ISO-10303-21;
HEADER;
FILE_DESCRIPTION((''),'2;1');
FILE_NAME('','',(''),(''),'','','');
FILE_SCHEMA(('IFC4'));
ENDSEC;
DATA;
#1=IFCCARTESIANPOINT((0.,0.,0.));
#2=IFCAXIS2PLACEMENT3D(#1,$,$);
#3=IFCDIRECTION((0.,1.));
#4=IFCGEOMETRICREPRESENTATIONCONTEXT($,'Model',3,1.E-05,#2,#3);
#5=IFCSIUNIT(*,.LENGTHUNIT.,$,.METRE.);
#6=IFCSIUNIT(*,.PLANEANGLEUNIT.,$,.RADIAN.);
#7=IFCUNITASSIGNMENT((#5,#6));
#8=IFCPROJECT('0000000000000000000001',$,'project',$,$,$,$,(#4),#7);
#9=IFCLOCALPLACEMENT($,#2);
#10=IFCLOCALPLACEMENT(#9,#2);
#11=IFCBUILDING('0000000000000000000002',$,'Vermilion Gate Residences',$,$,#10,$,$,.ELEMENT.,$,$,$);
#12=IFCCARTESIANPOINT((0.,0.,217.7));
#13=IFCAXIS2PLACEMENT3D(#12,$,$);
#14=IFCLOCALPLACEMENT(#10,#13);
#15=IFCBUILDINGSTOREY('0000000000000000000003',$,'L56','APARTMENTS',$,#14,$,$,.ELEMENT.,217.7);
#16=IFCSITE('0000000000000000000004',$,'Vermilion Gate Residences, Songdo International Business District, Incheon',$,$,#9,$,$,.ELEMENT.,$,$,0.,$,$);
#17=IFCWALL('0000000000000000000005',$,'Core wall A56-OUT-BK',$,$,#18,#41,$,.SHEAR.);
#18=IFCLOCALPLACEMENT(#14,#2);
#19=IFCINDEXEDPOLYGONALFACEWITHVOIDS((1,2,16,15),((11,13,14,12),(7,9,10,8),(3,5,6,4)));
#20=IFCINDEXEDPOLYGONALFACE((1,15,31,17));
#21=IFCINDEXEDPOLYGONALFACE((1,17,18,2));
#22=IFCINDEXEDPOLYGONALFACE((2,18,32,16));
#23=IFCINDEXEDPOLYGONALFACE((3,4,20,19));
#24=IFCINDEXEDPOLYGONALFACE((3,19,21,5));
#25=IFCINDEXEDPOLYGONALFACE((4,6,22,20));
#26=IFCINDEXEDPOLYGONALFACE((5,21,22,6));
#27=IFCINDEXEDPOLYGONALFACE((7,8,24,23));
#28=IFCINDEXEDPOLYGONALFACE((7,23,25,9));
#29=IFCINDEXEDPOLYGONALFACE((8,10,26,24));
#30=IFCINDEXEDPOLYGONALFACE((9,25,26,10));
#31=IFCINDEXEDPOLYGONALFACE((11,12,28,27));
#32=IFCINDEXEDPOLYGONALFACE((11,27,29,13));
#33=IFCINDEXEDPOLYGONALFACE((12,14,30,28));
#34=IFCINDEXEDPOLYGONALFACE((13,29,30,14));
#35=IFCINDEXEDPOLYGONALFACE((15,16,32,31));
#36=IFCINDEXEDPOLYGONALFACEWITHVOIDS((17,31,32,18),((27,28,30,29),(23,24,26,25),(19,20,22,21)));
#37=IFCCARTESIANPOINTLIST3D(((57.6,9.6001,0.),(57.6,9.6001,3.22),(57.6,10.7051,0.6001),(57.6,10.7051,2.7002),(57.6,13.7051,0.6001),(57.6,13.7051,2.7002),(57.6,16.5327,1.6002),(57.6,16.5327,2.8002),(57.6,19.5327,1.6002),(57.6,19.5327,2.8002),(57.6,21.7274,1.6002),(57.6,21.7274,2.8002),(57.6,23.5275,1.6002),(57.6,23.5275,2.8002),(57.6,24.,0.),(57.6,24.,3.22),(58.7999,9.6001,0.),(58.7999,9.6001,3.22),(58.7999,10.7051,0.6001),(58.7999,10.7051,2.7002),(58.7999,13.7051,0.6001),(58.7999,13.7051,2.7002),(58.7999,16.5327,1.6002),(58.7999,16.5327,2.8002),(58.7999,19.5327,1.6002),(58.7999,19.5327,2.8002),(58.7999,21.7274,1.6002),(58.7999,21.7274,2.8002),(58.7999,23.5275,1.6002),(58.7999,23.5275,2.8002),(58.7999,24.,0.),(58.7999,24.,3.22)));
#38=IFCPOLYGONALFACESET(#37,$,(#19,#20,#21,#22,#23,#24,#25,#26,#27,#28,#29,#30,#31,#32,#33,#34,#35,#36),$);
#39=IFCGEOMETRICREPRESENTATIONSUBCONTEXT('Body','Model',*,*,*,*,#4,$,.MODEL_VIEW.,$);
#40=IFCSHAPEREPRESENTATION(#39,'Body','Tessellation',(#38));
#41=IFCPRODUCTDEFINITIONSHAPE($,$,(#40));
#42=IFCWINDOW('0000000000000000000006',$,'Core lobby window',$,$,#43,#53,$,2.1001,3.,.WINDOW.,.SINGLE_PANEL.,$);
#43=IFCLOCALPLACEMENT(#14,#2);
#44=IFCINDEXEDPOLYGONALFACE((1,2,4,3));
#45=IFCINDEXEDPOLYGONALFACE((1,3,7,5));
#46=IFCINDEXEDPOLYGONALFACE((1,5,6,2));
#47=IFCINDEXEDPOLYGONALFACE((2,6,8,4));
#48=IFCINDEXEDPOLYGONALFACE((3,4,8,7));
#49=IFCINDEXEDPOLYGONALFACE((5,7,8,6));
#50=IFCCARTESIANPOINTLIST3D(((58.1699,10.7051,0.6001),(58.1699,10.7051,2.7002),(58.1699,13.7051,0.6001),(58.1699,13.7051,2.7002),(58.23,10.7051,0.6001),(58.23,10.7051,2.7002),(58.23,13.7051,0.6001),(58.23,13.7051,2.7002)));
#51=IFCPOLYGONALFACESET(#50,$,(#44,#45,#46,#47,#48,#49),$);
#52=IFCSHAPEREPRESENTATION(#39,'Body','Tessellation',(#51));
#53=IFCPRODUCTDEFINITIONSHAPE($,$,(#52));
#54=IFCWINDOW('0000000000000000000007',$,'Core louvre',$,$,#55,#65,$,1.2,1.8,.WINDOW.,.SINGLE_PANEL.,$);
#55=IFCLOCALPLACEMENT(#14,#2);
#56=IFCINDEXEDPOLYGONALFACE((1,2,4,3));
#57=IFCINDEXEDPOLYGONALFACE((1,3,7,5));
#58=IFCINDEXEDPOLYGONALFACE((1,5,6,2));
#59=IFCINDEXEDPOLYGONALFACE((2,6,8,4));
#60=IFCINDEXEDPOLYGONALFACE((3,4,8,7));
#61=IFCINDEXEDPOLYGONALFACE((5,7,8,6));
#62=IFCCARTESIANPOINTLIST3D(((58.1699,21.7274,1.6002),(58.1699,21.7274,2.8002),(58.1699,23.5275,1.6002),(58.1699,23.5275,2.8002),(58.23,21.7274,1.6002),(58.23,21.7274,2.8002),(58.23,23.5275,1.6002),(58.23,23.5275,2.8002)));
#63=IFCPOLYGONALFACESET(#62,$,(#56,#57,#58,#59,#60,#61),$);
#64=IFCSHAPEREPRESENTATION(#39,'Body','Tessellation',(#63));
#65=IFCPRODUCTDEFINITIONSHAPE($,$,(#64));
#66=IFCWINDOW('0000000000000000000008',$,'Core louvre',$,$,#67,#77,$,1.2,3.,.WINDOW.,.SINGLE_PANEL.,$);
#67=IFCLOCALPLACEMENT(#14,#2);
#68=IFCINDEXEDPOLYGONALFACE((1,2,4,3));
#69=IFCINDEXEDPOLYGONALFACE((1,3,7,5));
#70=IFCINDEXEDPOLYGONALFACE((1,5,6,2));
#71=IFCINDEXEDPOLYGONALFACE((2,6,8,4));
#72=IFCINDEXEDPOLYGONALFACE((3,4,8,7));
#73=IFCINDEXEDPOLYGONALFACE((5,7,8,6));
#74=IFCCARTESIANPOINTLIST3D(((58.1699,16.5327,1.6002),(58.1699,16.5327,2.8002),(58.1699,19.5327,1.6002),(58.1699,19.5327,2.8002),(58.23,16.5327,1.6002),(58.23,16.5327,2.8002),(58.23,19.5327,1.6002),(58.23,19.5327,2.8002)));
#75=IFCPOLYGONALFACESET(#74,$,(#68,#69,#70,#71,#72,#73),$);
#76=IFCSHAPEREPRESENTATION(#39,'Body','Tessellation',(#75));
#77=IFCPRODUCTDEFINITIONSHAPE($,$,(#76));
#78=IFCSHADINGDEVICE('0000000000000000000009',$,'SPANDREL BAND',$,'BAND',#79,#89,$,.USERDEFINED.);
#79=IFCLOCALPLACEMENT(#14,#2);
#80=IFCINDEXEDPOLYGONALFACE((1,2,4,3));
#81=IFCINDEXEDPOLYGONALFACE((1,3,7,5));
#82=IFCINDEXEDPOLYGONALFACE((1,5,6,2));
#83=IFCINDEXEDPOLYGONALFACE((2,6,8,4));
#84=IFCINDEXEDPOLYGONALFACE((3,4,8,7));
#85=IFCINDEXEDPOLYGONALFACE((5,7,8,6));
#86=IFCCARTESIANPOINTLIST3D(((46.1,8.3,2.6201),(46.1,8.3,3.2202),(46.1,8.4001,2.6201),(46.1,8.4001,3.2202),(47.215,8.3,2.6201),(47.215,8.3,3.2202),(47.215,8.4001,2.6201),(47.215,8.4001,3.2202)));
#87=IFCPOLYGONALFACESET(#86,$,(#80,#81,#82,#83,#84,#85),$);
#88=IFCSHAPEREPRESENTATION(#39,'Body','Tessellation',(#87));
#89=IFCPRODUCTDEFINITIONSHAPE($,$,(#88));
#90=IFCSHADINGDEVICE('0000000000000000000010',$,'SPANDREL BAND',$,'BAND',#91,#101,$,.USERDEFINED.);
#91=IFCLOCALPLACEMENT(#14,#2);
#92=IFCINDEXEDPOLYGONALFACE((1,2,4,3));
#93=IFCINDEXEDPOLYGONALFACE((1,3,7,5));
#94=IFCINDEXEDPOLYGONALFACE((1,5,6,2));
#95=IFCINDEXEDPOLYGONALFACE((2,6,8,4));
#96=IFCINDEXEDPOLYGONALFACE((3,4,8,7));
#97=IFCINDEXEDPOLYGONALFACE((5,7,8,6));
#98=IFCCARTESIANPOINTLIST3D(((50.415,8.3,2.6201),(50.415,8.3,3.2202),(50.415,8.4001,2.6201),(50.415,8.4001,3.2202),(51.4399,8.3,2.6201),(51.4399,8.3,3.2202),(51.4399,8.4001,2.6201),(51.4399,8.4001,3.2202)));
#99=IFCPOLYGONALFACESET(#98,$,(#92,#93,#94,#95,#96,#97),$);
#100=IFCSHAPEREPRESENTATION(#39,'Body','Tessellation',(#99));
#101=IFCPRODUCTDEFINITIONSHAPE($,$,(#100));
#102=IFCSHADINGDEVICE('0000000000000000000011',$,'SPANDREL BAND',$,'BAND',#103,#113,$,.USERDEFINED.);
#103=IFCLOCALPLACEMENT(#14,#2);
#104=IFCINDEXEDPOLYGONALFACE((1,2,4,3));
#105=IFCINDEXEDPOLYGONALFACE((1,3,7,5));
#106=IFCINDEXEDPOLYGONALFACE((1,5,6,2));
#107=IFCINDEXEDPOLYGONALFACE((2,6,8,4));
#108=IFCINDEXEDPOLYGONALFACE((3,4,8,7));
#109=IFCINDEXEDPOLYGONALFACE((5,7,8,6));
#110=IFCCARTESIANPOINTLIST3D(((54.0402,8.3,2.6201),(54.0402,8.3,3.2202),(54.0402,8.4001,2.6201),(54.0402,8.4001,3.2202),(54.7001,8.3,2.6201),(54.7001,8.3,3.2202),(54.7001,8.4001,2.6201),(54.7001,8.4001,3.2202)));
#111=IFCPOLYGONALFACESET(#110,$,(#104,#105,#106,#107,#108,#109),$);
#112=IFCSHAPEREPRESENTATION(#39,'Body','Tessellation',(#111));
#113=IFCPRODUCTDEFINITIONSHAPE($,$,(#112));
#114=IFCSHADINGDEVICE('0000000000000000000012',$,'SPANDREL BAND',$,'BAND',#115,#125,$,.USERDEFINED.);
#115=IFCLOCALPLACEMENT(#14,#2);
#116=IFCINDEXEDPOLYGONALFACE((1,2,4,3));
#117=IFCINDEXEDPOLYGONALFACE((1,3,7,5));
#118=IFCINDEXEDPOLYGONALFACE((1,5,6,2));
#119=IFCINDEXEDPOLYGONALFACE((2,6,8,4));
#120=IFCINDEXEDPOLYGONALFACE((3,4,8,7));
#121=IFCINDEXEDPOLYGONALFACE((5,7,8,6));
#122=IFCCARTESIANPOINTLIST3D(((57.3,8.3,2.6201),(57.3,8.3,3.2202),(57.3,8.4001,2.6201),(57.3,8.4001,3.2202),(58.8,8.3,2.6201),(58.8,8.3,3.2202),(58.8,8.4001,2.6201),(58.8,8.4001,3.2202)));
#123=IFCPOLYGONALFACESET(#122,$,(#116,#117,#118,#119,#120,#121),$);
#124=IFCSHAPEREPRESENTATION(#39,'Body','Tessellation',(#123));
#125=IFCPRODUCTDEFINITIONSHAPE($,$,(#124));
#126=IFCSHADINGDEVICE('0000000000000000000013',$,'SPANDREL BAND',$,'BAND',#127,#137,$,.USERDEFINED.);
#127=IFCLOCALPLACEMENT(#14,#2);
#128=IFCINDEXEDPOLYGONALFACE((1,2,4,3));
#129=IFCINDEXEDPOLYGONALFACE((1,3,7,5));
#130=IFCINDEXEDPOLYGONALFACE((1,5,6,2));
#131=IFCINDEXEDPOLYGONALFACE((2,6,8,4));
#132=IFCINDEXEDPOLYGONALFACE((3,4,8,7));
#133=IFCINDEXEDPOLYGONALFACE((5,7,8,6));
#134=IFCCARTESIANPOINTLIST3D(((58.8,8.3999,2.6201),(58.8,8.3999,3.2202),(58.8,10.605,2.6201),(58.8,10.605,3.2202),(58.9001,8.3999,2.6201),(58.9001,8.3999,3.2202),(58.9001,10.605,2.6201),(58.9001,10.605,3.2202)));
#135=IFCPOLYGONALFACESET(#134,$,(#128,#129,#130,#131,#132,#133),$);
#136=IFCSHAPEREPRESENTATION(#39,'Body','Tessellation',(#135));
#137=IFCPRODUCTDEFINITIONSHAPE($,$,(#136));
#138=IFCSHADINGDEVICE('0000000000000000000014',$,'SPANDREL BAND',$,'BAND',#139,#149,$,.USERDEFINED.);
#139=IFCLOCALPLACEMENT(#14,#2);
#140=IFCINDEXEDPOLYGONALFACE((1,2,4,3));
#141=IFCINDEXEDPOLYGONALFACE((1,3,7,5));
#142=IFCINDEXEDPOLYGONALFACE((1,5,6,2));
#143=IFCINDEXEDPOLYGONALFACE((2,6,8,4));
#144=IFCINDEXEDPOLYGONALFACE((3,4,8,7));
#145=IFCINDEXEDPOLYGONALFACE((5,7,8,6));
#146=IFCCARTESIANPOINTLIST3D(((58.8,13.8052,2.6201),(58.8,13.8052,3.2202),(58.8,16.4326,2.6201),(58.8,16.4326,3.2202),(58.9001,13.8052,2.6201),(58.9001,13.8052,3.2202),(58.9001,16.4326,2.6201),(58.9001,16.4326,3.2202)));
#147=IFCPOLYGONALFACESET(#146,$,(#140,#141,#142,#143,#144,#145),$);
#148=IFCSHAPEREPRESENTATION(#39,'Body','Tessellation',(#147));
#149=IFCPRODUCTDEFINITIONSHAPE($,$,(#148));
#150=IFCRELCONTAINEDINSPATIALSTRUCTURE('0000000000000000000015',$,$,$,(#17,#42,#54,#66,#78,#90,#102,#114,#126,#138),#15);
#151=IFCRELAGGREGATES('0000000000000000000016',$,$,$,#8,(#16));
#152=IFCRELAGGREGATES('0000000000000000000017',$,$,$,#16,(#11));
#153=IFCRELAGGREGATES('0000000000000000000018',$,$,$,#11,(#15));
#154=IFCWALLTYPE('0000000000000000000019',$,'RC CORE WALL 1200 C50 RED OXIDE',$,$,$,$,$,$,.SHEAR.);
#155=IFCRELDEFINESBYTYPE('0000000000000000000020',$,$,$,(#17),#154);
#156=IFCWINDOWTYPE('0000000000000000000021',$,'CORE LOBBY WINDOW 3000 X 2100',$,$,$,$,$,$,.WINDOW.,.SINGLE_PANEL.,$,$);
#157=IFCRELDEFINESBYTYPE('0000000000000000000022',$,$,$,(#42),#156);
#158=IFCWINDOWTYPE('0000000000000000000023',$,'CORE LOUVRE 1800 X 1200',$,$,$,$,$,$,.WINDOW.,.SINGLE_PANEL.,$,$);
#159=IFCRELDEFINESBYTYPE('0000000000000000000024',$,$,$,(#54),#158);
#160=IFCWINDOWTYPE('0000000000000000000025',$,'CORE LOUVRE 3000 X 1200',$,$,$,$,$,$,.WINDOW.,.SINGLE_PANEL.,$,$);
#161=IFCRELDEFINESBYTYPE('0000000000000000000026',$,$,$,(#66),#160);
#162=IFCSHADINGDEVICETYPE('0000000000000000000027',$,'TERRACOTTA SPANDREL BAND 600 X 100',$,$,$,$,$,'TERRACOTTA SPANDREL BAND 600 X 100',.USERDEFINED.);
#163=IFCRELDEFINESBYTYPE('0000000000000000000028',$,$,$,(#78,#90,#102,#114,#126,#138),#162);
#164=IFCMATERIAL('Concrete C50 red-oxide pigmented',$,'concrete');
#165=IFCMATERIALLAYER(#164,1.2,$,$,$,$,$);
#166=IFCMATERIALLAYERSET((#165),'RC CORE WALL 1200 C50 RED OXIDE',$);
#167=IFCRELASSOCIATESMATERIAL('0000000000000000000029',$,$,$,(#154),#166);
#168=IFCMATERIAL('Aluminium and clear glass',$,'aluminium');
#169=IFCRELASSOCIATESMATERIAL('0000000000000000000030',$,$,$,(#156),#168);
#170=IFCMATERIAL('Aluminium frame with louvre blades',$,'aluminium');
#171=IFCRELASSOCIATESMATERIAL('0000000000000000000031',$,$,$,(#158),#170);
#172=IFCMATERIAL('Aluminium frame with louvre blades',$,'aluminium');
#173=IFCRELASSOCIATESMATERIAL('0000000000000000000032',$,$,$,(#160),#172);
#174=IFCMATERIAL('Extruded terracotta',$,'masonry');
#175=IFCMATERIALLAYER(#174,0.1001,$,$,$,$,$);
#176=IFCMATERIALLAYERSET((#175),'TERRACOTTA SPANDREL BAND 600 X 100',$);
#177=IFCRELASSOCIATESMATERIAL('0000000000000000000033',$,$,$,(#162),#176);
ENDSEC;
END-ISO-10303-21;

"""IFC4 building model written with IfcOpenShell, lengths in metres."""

from ifc_helpers import new_model, si_unit, direction, frame, frame_2d, origin, origin_2d, place, context, subcontext, project, spatial, rectangle, extrude, material, layer, layer_set, type_object, element, fill, save


model = new_model("IFC4")

# Units and contexts
model_context = context("Model", 3, precision=1e-05, world=origin(), true_north=direction((0.0, 1.0)))
body_context = subcontext(model_context, "Body", "Model", "MODEL_VIEW")
ifc_project = project(units=[si_unit("LENGTHUNIT", "METRE"), si_unit("PLANEANGLEUNIT", "RADIAN")], contexts=[model_context])

# Site, building, storey
site_placement = place(None, origin())
site = spatial("IfcSite", under=ifc_project, at=site_placement, Name="Vermilion Gate Residences, Songdo International Business District, Incheon", CompositionType="ELEMENT", RefElevation=0.0)
building_placement = place(site_placement, origin())
building = spatial("IfcBuilding", under=site, at=building_placement, Name="Vermilion Gate Residences", CompositionType="ELEMENT")
storey_placement = place(building_placement, frame((0.0, 0.0, 217.7)))
storey = spatial("IfcBuildingStorey", under=building, at=storey_placement, Name="L56", Description="APARTMENTS", CompositionType="ELEMENT", Elevation=217.7)

# Wall, openings, windows
ifc_material_1 = material(Name="Concrete C50 red-oxide pigmented", Category="concrete")
ifc_layer_1 = layer(ifc_material_1, 1.2)
ifc_layer_set_1 = layer_set([ifc_layer_1], Name="RC CORE WALL 1200 C50 RED OXIDE")
wall_type_1 = type_object("IfcWallType", Name="RC CORE WALL 1200 C50 RED OXIDE", PredefinedType="SHEAR", material=ifc_layer_set_1)
wall_1_placement = place(storey_placement, frame((58.2, 9.6001, 0.0), z_axis=(0.0, 0.0, 1.0), x_axis=(0.0, 1.0, 0.0)))
wall_1 = element("IfcWall", 1, at=wall_1_placement, inside=storey, type_object=wall_type_1, Name="Core wall A56-OUT-BK", PredefinedType="SHEAR", context=body_context, shape_type="SweptSolid", body=[
    extrude(rectangle(XDim=14.3999, YDim=1.2, at=frame_2d((7.2, 0.0))), origin(), (0.0, 0.0, 1.0), 3.22),
])
opening_1_placement = place(wall_1_placement, frame((1.105, 0.0, 0.6001)))
opening_1 = element("IfcOpeningElement", 2, at=opening_1_placement, cuts=wall_1, PredefinedType="OPENING", context=body_context, shape_type="SweptSolid", body=[
    extrude(rectangle(XDim=3.0, YDim=2.1001, at=frame_2d((1.5, 1.05))), frame((0.0, 0.6099, 0.0), z_axis=(0.0, -1.0, 0.0), x_axis=(1.0, 0.0, 0.0)), (0.0, 0.0, 1.0), 1.22),
])
opening_2_placement = place(wall_1_placement, frame((6.9326, 0.0, 1.6001)))
opening_2 = element("IfcOpeningElement", 3, at=opening_2_placement, cuts=wall_1, PredefinedType="OPENING", context=body_context, shape_type="SweptSolid", body=[
    extrude(rectangle(XDim=3.0, YDim=1.2, at=frame_2d((1.5, 0.6001))), frame((0.0, 0.6099, 0.0), z_axis=(0.0, -1.0, 0.0), x_axis=(1.0, 0.0, 0.0)), (0.0, 0.0, 1.0), 1.22),
])
opening_3_placement = place(wall_1_placement, frame((12.1274, 0.0, 1.6001)))
opening_3 = element("IfcOpeningElement", 4, at=opening_3_placement, cuts=wall_1, PredefinedType="OPENING", context=body_context, shape_type="SweptSolid", body=[
    extrude(rectangle(XDim=1.8, YDim=1.2, at=frame_2d((0.8999, 0.6001))), frame((0.0, 0.6099, 0.0), z_axis=(0.0, -1.0, 0.0), x_axis=(1.0, 0.0, 0.0)), (0.0, 0.0, 1.0), 1.22),
])
ifc_material_2 = material(Name="Aluminium and clear glass", Category="aluminium")
window_type_1 = type_object("IfcWindowType", Name="CORE LOBBY WINDOW 3000 X 2100", PartitioningType="SINGLE_PANEL", PredefinedType="WINDOW", material=ifc_material_2)
window_1_placement = place(opening_1_placement, origin())
window_1 = element("IfcWindow", 5, at=window_1_placement, inside=storey, type_object=window_type_1, Name="Core lobby window", OverallHeight=2.1001, OverallWidth=3.0, PartitioningType="SINGLE_PANEL", PredefinedType="WINDOW", context=body_context, shape_type="SweptSolid", body=[
    extrude(rectangle(XDim=3.0, YDim=2.1001, at=frame_2d((1.5, 1.05))), frame((0.0, 0.03, 0.0), z_axis=(0.0, -1.0, 0.0), x_axis=(1.0, 0.0, 0.0)), (0.0, 0.0, 1.0), 0.0601),
])
fill(opening_1, window_1)
ifc_material_3 = material(Name="Aluminium frame with louvre blades", Category="aluminium")
window_type_2 = type_object("IfcWindowType", Name="CORE LOUVRE 1800 X 1200", PartitioningType="SINGLE_PANEL", PredefinedType="WINDOW", material=ifc_material_3)
window_2_placement = place(opening_3_placement, origin())
window_2 = element("IfcWindow", 6, at=window_2_placement, inside=storey, type_object=window_type_2, Name="Core louvre", OverallHeight=1.2, OverallWidth=1.8, PartitioningType="SINGLE_PANEL", PredefinedType="WINDOW", context=body_context, shape_type="SweptSolid", body=[
    extrude(rectangle(XDim=1.8, YDim=1.2, at=frame_2d((0.8999, 0.6001))), frame((0.0, 0.03, 0.0), z_axis=(0.0, -1.0, 0.0), x_axis=(1.0, 0.0, 0.0)), (0.0, 0.0, 1.0), 0.0601),
])
fill(opening_3, window_2)
ifc_material_4 = material(Name="Aluminium frame with louvre blades", Category="aluminium")
window_type_3 = type_object("IfcWindowType", Name="CORE LOUVRE 3000 X 1200", PartitioningType="SINGLE_PANEL", PredefinedType="WINDOW", material=ifc_material_4)
window_3_placement = place(opening_2_placement, origin())
window_3 = element("IfcWindow", 7, at=window_3_placement, inside=storey, type_object=window_type_3, Name="Core louvre", OverallHeight=1.2, OverallWidth=3.0, PartitioningType="SINGLE_PANEL", PredefinedType="WINDOW", context=body_context, shape_type="SweptSolid", body=[
    extrude(rectangle(XDim=3.0, YDim=1.2, at=frame_2d((1.5, 0.6001))), frame((0.0, 0.03, 0.0), z_axis=(0.0, -1.0, 0.0), x_axis=(1.0, 0.0, 0.0)), (0.0, 0.0, 1.0), 0.0601),
])
fill(opening_2, window_3)

# Shading devices
ifc_material_5 = material(Name="Extruded terracotta", Category="masonry")
ifc_layer_2 = layer(ifc_material_5, 0.1001)
ifc_layer_set_2 = layer_set([ifc_layer_2], Name="TERRACOTTA SPANDREL BAND 600 X 100")
shading_device_type = type_object("IfcShadingDeviceType", Name="TERRACOTTA SPANDREL BAND 600 X 100", ElementType="TERRACOTTA SPANDREL BAND 600 X 100", PredefinedType="USERDEFINED", material=ifc_layer_set_2)
shading_device_1_placement = place(storey_placement, frame((46.6575, 8.3501, 2.6201), z_axis=(0.0, 0.0, 1.0), x_axis=(1.0, 0.0, 0.0)))
element("IfcShadingDevice", 8, at=shading_device_1_placement, inside=storey, type_object=shading_device_type, Name="SPANDREL BAND", ObjectType="BAND", PredefinedType="USERDEFINED", context=body_context, shape_type="SweptSolid", body=[
    extrude(rectangle(XDim=1.115, YDim=0.1001, at=origin_2d()), origin(), (0.0, 0.0, 1.0), 0.6001),
])
shading_device_2_placement = place(storey_placement, frame((50.9275, 8.3501, 2.6201), z_axis=(0.0, 0.0, 1.0), x_axis=(1.0, 0.0, 0.0)))
element("IfcShadingDevice", 9, at=shading_device_2_placement, inside=storey, type_object=shading_device_type, Name="SPANDREL BAND", ObjectType="BAND", PredefinedType="USERDEFINED", context=body_context, shape_type="SweptSolid", body=[
    extrude(rectangle(XDim=1.0249, YDim=0.1001, at=origin_2d()), origin(), (0.0, 0.0, 1.0), 0.6001),
])
shading_device_3_placement = place(storey_placement, frame((54.3701, 8.3501, 2.6201), z_axis=(0.0, 0.0, 1.0), x_axis=(1.0, 0.0, 0.0)))
element("IfcShadingDevice", 10, at=shading_device_3_placement, inside=storey, type_object=shading_device_type, Name="SPANDREL BAND", ObjectType="BAND", PredefinedType="USERDEFINED", context=body_context, shape_type="SweptSolid", body=[
    extrude(rectangle(XDim=0.6599, YDim=0.1001, at=origin_2d()), origin(), (0.0, 0.0, 1.0), 0.6001),
])
shading_device_4_placement = place(storey_placement, frame((58.05, 8.3501, 2.6201), z_axis=(0.0, 0.0, 1.0), x_axis=(1.0, 0.0, 0.0)))
element("IfcShadingDevice", 11, at=shading_device_4_placement, inside=storey, type_object=shading_device_type, Name="SPANDREL BAND", ObjectType="BAND", PredefinedType="USERDEFINED", context=body_context, shape_type="SweptSolid", body=[
    extrude(rectangle(XDim=1.5, YDim=0.1001, at=origin_2d()), origin(), (0.0, 0.0, 1.0), 0.6001),
])
shading_device_5_placement = place(storey_placement, frame((58.8501, 9.5024, 2.6201), z_axis=(0.0, 0.0, 1.0), x_axis=(0.0, 1.0, 0.0)))
element("IfcShadingDevice", 12, at=shading_device_5_placement, inside=storey, type_object=shading_device_type, Name="SPANDREL BAND", ObjectType="BAND", PredefinedType="USERDEFINED", context=body_context, shape_type="SweptSolid", body=[
    extrude(rectangle(XDim=2.2051, YDim=0.1001, at=origin_2d()), origin(), (0.0, 0.0, 1.0), 0.6001),
])
shading_device_6_placement = place(storey_placement, frame((58.8501, 15.1189, 2.6201), z_axis=(0.0, 0.0, 1.0), x_axis=(0.0, 1.0, 0.0)))
element("IfcShadingDevice", 13, at=shading_device_6_placement, inside=storey, type_object=shading_device_type, Name="SPANDREL BAND", ObjectType="BAND", PredefinedType="USERDEFINED", context=body_context, shape_type="SweptSolid", body=[
    extrude(rectangle(XDim=2.6274, YDim=0.1001, at=origin_2d()), origin(), (0.0, 0.0, 1.0), 0.6001),
])

save(model, "model.ifc")
